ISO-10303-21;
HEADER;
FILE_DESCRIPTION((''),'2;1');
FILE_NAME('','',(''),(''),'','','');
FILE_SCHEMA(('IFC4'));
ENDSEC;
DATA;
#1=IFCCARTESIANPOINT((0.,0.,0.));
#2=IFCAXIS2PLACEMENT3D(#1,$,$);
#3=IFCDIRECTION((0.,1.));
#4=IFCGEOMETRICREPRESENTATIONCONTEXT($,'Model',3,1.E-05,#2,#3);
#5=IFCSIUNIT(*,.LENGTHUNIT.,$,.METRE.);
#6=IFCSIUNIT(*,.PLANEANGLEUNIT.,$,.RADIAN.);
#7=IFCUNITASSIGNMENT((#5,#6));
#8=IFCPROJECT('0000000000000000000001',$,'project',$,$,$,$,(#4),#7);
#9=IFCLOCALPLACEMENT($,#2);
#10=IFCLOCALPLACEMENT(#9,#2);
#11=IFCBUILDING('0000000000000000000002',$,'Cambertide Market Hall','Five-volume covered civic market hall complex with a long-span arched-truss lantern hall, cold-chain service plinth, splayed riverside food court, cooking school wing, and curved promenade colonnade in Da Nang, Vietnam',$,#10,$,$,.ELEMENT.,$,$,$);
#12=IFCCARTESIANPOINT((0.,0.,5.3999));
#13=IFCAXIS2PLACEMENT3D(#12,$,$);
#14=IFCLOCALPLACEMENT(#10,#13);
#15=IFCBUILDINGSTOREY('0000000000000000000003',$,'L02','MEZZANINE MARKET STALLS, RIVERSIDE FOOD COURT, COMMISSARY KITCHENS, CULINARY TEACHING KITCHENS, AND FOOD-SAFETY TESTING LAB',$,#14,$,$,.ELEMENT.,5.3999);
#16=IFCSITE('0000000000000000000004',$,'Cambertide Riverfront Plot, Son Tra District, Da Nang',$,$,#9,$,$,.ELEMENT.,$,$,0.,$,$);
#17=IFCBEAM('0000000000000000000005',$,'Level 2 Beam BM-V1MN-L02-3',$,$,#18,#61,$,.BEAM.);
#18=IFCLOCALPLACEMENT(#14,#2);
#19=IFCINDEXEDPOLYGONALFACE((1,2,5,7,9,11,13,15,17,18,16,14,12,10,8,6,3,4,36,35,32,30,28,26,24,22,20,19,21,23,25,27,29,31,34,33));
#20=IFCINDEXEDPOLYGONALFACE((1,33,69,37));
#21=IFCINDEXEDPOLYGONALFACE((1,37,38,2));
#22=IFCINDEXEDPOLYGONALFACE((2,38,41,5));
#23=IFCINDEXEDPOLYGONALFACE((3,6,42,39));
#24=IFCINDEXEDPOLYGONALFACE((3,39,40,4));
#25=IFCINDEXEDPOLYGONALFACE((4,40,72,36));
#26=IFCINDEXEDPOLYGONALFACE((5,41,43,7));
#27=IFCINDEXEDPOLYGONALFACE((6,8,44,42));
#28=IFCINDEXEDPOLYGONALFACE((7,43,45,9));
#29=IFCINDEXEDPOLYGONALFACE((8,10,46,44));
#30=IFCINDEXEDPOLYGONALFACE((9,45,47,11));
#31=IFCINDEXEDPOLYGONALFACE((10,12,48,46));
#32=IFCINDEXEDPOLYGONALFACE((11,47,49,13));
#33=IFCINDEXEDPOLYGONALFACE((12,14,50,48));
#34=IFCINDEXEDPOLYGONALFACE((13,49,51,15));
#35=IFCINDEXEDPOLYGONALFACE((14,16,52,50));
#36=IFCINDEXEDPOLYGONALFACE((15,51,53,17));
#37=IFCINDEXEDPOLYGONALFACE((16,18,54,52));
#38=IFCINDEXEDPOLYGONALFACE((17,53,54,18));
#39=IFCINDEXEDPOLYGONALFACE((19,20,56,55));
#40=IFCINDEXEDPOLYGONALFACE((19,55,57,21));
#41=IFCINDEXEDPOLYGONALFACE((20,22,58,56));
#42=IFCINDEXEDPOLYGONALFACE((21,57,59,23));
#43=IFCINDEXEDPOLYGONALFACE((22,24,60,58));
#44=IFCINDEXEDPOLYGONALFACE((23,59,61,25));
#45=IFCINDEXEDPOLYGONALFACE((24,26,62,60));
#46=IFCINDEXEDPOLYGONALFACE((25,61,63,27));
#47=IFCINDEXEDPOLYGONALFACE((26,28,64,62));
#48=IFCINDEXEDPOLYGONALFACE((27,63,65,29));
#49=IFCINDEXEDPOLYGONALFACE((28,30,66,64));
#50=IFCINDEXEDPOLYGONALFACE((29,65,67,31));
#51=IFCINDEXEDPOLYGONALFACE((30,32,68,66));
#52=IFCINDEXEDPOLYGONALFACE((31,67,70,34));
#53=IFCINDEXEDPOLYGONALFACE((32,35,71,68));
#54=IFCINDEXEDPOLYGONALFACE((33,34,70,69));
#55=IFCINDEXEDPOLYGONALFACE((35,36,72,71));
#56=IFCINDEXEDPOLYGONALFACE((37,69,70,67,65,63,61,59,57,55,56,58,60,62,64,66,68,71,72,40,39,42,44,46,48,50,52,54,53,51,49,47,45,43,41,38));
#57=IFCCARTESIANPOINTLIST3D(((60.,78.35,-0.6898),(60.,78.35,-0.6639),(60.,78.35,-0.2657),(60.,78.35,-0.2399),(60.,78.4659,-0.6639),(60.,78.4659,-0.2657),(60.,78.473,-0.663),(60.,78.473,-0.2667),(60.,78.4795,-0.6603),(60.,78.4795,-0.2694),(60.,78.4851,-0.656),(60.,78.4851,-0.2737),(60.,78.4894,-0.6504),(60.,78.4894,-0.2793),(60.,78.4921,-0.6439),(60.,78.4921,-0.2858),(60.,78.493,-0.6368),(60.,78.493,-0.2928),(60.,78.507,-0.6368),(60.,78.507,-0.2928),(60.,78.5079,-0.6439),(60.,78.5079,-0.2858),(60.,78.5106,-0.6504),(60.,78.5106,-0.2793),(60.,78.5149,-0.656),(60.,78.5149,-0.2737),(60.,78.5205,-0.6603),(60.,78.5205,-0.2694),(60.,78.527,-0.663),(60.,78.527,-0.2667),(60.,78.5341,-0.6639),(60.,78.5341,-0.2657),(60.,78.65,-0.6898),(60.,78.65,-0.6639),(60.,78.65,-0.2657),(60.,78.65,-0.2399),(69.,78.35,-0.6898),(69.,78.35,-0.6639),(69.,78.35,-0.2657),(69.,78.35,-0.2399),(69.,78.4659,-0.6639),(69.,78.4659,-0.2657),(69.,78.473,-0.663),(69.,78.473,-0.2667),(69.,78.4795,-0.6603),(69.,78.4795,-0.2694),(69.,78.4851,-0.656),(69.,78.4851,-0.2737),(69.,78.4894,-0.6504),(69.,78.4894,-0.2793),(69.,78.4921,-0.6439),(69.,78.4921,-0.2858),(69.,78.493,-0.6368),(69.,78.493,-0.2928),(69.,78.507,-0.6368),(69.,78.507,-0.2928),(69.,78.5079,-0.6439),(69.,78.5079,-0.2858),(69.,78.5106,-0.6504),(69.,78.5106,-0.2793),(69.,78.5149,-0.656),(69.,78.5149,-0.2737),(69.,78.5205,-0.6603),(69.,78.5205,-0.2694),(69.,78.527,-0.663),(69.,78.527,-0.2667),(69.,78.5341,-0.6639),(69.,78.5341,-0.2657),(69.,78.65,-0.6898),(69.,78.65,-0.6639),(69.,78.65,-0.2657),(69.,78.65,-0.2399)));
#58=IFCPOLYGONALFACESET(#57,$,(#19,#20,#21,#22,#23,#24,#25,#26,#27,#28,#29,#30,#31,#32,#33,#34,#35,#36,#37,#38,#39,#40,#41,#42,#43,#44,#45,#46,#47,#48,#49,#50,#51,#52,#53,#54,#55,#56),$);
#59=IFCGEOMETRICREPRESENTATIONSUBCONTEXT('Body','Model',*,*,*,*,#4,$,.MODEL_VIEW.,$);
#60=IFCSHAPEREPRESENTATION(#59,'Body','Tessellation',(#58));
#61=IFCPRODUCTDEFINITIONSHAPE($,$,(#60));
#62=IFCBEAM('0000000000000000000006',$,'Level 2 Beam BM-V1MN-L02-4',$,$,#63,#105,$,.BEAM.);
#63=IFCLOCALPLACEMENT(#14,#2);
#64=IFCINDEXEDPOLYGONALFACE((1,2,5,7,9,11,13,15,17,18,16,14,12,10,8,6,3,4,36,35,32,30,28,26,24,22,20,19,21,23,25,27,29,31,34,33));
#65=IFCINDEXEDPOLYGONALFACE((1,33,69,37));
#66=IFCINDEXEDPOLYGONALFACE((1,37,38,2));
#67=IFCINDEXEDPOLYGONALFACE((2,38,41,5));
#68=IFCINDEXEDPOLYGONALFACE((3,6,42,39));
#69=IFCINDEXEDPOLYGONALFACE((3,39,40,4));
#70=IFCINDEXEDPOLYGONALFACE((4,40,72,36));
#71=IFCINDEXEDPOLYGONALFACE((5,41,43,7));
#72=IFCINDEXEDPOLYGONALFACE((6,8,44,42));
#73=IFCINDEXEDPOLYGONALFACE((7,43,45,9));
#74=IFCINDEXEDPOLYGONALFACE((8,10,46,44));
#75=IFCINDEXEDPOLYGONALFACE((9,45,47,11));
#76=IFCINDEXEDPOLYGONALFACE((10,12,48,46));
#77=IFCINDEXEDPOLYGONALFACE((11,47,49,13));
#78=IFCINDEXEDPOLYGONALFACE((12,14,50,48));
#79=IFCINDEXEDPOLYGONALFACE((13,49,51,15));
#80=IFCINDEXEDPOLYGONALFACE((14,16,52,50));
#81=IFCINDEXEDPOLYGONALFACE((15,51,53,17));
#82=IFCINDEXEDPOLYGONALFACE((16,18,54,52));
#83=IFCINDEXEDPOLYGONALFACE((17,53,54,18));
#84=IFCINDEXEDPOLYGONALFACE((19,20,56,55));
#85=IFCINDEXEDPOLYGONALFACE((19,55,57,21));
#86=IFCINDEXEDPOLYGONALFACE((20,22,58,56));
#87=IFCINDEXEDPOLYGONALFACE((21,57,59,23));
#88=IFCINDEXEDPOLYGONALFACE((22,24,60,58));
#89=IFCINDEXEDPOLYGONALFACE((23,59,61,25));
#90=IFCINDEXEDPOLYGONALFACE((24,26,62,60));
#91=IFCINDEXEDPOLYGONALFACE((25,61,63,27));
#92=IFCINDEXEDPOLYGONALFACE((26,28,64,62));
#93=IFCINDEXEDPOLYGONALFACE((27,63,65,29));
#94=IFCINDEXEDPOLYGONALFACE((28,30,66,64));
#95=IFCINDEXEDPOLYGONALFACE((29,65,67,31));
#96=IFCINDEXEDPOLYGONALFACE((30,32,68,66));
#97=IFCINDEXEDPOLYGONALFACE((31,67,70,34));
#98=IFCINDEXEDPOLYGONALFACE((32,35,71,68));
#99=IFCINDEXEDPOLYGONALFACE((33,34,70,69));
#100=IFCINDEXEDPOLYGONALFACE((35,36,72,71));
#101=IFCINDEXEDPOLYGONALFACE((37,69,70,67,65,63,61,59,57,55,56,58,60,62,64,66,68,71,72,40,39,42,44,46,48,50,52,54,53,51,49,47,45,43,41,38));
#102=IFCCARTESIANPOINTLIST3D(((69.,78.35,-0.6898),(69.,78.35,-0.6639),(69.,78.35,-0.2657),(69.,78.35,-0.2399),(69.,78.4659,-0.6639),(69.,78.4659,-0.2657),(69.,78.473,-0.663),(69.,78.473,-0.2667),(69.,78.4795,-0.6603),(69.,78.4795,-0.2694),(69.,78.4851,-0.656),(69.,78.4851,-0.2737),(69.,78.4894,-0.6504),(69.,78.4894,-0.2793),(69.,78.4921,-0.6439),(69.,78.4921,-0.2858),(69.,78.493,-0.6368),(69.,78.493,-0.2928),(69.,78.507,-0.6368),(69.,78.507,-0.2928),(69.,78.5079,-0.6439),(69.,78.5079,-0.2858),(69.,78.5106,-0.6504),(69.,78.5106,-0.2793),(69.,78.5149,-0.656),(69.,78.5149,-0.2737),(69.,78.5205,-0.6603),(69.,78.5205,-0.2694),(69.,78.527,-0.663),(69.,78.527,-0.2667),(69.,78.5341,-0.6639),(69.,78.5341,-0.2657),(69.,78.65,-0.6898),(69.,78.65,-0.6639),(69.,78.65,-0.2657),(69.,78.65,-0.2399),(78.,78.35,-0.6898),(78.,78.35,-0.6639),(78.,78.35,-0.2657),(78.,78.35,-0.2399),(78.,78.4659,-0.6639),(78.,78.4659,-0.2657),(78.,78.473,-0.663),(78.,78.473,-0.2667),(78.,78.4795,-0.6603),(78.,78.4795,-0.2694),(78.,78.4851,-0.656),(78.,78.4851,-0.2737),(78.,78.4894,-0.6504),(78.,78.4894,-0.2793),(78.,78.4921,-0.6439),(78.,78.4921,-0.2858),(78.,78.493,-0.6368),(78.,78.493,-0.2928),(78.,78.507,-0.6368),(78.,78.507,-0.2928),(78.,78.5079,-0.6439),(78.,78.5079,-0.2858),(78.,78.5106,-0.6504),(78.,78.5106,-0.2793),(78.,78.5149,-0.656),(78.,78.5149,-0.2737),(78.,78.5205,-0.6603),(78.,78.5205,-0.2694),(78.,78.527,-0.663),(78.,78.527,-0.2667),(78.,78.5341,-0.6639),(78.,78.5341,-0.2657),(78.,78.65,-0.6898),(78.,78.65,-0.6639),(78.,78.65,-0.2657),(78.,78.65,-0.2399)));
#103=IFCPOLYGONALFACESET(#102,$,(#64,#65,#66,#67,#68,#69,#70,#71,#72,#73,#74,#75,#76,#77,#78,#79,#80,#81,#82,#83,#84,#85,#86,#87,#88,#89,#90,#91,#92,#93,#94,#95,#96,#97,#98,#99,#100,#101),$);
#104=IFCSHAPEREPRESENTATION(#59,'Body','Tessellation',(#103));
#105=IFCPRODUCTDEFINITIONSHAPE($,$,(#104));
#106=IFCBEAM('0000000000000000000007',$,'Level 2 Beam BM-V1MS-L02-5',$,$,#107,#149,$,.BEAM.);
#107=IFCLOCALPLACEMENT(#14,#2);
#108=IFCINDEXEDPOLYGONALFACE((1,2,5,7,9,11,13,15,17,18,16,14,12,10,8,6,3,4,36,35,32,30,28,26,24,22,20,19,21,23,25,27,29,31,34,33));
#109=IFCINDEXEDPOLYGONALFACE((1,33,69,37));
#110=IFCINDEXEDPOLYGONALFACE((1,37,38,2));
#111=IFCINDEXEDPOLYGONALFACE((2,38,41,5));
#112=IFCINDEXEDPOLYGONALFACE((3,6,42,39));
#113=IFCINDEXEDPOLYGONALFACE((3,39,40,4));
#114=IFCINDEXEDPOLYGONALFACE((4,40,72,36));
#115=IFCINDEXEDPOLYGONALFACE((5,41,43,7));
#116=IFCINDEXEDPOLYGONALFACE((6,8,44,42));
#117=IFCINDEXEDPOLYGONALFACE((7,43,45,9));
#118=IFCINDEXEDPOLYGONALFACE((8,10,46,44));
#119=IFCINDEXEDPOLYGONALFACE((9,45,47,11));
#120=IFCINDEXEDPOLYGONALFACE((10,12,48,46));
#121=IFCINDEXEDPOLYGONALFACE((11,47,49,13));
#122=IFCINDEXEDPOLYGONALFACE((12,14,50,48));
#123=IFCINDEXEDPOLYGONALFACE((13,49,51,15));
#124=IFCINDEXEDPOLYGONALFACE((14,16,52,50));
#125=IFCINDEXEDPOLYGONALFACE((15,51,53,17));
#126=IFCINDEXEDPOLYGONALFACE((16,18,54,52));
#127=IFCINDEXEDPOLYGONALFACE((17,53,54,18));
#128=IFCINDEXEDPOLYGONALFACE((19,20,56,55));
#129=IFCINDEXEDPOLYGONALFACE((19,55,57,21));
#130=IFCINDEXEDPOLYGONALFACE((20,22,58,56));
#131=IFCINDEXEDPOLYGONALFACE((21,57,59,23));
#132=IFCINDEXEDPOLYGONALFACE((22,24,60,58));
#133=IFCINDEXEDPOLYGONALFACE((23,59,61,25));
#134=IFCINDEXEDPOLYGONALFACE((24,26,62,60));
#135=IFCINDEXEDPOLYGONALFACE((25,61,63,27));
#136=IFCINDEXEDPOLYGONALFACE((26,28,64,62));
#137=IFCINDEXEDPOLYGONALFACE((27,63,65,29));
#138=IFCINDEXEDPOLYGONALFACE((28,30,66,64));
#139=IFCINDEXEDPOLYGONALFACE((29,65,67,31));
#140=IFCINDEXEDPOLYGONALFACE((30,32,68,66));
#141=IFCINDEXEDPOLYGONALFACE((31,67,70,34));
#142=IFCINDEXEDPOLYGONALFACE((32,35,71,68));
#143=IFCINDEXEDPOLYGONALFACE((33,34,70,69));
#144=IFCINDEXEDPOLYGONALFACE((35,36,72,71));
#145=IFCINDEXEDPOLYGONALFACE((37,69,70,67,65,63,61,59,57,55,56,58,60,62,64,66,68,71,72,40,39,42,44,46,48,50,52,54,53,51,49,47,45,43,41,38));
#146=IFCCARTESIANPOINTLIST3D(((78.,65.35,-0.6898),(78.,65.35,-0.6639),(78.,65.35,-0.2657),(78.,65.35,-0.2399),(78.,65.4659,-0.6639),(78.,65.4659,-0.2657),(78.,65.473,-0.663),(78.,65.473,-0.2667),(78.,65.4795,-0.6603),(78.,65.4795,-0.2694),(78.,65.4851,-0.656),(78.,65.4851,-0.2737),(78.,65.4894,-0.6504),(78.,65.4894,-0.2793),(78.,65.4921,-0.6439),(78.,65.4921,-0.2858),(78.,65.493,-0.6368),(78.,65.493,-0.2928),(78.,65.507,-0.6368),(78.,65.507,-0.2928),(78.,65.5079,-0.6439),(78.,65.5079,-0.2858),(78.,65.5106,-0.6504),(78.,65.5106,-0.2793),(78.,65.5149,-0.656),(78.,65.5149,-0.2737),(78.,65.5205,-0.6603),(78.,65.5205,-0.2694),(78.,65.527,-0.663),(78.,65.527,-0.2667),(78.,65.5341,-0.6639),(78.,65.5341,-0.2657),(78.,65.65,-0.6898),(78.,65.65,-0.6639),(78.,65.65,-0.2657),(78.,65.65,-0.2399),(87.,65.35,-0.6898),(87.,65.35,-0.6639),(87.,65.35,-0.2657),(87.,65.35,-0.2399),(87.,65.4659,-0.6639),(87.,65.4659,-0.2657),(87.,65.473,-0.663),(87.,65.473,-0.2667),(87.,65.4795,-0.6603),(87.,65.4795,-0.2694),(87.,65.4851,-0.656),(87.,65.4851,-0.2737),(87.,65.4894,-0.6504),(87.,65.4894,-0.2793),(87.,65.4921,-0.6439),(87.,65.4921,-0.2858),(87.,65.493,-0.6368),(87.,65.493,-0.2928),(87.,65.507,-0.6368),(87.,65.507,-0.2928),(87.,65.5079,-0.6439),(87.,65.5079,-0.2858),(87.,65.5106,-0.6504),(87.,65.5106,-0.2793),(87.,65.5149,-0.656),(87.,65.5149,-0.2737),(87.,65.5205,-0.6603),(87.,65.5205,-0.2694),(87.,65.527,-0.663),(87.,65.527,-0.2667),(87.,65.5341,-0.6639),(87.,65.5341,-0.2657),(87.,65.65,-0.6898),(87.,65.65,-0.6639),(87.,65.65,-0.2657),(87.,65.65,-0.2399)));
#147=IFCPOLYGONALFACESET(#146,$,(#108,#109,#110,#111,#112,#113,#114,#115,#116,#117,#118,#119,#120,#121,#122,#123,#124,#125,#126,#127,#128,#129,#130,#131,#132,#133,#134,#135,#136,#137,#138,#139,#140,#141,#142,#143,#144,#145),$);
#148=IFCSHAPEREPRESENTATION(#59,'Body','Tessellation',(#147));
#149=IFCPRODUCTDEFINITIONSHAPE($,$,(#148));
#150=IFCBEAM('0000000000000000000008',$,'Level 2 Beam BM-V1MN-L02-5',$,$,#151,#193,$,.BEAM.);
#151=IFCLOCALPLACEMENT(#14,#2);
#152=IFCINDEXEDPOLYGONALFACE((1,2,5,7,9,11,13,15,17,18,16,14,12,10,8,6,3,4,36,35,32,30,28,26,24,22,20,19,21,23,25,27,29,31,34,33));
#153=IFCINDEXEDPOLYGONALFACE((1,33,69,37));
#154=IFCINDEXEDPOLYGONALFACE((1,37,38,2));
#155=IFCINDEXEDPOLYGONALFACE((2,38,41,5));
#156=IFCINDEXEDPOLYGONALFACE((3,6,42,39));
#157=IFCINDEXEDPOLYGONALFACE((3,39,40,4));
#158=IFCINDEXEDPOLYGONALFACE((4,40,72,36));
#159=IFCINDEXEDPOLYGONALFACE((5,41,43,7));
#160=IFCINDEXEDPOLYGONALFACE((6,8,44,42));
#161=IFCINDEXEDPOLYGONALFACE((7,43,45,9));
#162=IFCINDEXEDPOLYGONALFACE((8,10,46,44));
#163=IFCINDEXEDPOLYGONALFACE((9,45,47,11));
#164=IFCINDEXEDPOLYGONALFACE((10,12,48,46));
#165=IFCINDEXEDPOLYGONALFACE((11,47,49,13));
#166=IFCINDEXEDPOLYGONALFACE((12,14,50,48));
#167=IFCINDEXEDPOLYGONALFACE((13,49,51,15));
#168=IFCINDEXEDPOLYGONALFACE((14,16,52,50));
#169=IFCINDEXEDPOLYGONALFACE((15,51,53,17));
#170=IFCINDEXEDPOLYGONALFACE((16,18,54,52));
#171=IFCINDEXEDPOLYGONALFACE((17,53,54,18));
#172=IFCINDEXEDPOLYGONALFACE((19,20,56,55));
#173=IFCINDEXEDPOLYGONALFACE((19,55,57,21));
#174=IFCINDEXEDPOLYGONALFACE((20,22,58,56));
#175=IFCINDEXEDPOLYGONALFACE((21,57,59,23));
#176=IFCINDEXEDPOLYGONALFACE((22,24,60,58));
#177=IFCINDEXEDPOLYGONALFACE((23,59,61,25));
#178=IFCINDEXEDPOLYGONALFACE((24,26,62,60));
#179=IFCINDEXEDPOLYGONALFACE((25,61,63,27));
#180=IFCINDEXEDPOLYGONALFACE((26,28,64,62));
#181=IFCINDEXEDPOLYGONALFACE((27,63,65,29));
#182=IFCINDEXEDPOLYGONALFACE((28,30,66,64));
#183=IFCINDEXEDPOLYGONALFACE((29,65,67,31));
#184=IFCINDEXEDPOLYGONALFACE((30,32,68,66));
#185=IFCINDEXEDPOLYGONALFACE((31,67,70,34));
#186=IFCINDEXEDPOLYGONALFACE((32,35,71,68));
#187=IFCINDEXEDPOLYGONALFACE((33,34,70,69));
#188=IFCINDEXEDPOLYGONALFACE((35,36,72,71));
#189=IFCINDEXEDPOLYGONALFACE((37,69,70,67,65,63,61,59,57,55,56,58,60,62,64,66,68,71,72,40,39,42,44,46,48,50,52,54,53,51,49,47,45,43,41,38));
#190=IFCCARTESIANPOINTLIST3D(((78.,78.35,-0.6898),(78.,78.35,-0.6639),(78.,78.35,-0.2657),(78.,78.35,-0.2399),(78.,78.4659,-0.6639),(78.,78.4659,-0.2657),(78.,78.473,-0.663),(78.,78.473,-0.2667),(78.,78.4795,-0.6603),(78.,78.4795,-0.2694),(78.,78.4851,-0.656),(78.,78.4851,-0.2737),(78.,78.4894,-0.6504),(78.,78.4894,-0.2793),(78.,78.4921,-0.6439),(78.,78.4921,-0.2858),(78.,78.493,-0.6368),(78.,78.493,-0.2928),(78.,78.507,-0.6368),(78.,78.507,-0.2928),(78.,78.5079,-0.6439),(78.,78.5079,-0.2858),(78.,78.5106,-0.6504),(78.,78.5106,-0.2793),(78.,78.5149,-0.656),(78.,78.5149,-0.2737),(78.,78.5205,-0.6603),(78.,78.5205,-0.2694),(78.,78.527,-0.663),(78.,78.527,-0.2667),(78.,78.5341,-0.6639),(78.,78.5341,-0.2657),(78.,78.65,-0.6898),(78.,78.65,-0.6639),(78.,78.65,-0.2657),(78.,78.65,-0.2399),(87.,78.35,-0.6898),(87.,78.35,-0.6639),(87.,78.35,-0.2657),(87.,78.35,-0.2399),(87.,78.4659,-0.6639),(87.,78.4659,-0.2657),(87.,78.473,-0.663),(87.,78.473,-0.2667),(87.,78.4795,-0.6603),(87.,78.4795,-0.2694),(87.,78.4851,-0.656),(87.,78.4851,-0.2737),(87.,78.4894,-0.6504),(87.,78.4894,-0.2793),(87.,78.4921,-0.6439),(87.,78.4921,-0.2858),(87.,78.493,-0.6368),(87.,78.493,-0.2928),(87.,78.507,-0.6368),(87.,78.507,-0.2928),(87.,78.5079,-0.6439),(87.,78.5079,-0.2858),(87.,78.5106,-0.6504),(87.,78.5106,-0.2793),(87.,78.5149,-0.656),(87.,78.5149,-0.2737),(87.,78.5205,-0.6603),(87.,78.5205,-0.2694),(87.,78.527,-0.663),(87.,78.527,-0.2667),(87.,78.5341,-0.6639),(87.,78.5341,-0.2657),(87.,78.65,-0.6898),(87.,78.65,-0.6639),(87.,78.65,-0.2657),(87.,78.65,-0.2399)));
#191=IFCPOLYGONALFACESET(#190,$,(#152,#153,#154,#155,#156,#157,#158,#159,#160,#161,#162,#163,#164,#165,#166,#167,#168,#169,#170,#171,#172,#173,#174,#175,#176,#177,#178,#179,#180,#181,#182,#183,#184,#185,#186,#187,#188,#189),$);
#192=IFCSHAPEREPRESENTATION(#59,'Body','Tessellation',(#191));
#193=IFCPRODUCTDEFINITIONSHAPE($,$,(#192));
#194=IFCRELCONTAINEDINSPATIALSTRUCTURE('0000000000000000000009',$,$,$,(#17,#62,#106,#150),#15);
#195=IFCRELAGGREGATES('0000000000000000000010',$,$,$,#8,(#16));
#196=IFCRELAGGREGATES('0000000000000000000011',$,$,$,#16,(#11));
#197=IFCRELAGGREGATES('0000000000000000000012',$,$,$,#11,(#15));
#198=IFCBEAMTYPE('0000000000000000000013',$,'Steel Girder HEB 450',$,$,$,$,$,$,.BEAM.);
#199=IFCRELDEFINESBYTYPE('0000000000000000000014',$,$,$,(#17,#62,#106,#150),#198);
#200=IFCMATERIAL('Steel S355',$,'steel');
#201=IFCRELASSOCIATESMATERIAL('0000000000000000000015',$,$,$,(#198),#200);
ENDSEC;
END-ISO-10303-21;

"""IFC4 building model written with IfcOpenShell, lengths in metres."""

from ifc_helpers import new_model, si_unit, direction, frame, origin, origin_2d, place, context, subcontext, project, spatial, i_section, extrude, material, material_profile, profile_set, type_object, element, save


model = new_model("IFC4")

# Units and contexts
model_context = context("Model", 3, precision=1e-05, world=origin(), true_north=direction((0.0, 1.0)))
body_context = subcontext(model_context, "Body", "Model", "MODEL_VIEW")
ifc_project = project(units=[si_unit("LENGTHUNIT", "METRE"), si_unit("PLANEANGLEUNIT", "RADIAN")], contexts=[model_context])

# Site, building, storey
site_placement = place(None, origin())
site = spatial("IfcSite", under=ifc_project, at=site_placement, Name="Cambertide Riverfront Plot, Son Tra District, Da Nang", CompositionType="ELEMENT", RefElevation=0.0)
building_placement = place(site_placement, origin())
building = spatial("IfcBuilding", under=site, at=building_placement, Name="Cambertide Market Hall", Description="Five-volume covered civic market hall complex with a long-span arched-truss lantern hall, cold-chain service plinth, splayed riverside food court, cooking school wing, and curved promenade colonnade in Da Nang, Vietnam", CompositionType="ELEMENT")
storey_placement = place(building_placement, frame((0.0, 0.0, 5.3999)))
storey = spatial("IfcBuildingStorey", under=building, at=storey_placement, Name="L02", Description="MEZZANINE MARKET STALLS, RIVERSIDE FOOD COURT, COMMISSARY KITCHENS, CULINARY TEACHING KITCHENS, AND FOOD-SAFETY TESTING LAB", CompositionType="ELEMENT", Elevation=5.3999)

# Beams
ifc_material_1 = material(Name="Steel S355", Category="steel")
ifc_material_profile_1 = material_profile(ifc_material_1, i_section(OverallWidth=0.3, OverallDepth=0.45, WebThickness=0.0139, FlangeThickness=0.0259, FilletRadius=0.0271, at=origin_2d()), Name="HEB 450")
ifc_profile_set_1 = profile_set([ifc_material_profile_1], Name="Steel S355")
beam_type_1 = type_object("IfcBeamType", Name="Steel Girder HEB 450", PredefinedType="BEAM", material=ifc_profile_set_1)
for number, where, z_axis, x_axis, name in (
    (1, (60.0, 78.5, -0.4648), (1.0, 0.0, 0.0), (0.0, 1.0, 0.0), "Level 2 Beam BM-V1MN-L02-3"),
    (2, (69.0, 78.5, -0.4648), (1.0, 0.0, 0.0), (0.0, 1.0, 0.0), "Level 2 Beam BM-V1MN-L02-4"),
    (3, (78.0, 65.5, -0.4648), (1.0, 0.0, 0.0), (0.0, 1.0, 0.0), "Level 2 Beam BM-V1MS-L02-5"),
    (4, (78.0, 78.5, -0.4648), (1.0, 0.0, 0.0), (0.0, 1.0, 0.0), "Level 2 Beam BM-V1MN-L02-5"),
):
    element("IfcBeam", number, at=place(storey_placement, frame(where, z_axis=z_axis, x_axis=x_axis)), inside=storey, type_object=beam_type_1, Name=name, PredefinedType="BEAM", context=body_context, shape_type="SweptSolid", body=[
        extrude(i_section(OverallWidth=0.3, OverallDepth=0.45, WebThickness=0.0139, FlangeThickness=0.0259, FilletRadius=0.0271, at=origin_2d()), origin(), (0.0, 0.0, 1.0), 9.0),
    ])

save(model, "model.ifc")
